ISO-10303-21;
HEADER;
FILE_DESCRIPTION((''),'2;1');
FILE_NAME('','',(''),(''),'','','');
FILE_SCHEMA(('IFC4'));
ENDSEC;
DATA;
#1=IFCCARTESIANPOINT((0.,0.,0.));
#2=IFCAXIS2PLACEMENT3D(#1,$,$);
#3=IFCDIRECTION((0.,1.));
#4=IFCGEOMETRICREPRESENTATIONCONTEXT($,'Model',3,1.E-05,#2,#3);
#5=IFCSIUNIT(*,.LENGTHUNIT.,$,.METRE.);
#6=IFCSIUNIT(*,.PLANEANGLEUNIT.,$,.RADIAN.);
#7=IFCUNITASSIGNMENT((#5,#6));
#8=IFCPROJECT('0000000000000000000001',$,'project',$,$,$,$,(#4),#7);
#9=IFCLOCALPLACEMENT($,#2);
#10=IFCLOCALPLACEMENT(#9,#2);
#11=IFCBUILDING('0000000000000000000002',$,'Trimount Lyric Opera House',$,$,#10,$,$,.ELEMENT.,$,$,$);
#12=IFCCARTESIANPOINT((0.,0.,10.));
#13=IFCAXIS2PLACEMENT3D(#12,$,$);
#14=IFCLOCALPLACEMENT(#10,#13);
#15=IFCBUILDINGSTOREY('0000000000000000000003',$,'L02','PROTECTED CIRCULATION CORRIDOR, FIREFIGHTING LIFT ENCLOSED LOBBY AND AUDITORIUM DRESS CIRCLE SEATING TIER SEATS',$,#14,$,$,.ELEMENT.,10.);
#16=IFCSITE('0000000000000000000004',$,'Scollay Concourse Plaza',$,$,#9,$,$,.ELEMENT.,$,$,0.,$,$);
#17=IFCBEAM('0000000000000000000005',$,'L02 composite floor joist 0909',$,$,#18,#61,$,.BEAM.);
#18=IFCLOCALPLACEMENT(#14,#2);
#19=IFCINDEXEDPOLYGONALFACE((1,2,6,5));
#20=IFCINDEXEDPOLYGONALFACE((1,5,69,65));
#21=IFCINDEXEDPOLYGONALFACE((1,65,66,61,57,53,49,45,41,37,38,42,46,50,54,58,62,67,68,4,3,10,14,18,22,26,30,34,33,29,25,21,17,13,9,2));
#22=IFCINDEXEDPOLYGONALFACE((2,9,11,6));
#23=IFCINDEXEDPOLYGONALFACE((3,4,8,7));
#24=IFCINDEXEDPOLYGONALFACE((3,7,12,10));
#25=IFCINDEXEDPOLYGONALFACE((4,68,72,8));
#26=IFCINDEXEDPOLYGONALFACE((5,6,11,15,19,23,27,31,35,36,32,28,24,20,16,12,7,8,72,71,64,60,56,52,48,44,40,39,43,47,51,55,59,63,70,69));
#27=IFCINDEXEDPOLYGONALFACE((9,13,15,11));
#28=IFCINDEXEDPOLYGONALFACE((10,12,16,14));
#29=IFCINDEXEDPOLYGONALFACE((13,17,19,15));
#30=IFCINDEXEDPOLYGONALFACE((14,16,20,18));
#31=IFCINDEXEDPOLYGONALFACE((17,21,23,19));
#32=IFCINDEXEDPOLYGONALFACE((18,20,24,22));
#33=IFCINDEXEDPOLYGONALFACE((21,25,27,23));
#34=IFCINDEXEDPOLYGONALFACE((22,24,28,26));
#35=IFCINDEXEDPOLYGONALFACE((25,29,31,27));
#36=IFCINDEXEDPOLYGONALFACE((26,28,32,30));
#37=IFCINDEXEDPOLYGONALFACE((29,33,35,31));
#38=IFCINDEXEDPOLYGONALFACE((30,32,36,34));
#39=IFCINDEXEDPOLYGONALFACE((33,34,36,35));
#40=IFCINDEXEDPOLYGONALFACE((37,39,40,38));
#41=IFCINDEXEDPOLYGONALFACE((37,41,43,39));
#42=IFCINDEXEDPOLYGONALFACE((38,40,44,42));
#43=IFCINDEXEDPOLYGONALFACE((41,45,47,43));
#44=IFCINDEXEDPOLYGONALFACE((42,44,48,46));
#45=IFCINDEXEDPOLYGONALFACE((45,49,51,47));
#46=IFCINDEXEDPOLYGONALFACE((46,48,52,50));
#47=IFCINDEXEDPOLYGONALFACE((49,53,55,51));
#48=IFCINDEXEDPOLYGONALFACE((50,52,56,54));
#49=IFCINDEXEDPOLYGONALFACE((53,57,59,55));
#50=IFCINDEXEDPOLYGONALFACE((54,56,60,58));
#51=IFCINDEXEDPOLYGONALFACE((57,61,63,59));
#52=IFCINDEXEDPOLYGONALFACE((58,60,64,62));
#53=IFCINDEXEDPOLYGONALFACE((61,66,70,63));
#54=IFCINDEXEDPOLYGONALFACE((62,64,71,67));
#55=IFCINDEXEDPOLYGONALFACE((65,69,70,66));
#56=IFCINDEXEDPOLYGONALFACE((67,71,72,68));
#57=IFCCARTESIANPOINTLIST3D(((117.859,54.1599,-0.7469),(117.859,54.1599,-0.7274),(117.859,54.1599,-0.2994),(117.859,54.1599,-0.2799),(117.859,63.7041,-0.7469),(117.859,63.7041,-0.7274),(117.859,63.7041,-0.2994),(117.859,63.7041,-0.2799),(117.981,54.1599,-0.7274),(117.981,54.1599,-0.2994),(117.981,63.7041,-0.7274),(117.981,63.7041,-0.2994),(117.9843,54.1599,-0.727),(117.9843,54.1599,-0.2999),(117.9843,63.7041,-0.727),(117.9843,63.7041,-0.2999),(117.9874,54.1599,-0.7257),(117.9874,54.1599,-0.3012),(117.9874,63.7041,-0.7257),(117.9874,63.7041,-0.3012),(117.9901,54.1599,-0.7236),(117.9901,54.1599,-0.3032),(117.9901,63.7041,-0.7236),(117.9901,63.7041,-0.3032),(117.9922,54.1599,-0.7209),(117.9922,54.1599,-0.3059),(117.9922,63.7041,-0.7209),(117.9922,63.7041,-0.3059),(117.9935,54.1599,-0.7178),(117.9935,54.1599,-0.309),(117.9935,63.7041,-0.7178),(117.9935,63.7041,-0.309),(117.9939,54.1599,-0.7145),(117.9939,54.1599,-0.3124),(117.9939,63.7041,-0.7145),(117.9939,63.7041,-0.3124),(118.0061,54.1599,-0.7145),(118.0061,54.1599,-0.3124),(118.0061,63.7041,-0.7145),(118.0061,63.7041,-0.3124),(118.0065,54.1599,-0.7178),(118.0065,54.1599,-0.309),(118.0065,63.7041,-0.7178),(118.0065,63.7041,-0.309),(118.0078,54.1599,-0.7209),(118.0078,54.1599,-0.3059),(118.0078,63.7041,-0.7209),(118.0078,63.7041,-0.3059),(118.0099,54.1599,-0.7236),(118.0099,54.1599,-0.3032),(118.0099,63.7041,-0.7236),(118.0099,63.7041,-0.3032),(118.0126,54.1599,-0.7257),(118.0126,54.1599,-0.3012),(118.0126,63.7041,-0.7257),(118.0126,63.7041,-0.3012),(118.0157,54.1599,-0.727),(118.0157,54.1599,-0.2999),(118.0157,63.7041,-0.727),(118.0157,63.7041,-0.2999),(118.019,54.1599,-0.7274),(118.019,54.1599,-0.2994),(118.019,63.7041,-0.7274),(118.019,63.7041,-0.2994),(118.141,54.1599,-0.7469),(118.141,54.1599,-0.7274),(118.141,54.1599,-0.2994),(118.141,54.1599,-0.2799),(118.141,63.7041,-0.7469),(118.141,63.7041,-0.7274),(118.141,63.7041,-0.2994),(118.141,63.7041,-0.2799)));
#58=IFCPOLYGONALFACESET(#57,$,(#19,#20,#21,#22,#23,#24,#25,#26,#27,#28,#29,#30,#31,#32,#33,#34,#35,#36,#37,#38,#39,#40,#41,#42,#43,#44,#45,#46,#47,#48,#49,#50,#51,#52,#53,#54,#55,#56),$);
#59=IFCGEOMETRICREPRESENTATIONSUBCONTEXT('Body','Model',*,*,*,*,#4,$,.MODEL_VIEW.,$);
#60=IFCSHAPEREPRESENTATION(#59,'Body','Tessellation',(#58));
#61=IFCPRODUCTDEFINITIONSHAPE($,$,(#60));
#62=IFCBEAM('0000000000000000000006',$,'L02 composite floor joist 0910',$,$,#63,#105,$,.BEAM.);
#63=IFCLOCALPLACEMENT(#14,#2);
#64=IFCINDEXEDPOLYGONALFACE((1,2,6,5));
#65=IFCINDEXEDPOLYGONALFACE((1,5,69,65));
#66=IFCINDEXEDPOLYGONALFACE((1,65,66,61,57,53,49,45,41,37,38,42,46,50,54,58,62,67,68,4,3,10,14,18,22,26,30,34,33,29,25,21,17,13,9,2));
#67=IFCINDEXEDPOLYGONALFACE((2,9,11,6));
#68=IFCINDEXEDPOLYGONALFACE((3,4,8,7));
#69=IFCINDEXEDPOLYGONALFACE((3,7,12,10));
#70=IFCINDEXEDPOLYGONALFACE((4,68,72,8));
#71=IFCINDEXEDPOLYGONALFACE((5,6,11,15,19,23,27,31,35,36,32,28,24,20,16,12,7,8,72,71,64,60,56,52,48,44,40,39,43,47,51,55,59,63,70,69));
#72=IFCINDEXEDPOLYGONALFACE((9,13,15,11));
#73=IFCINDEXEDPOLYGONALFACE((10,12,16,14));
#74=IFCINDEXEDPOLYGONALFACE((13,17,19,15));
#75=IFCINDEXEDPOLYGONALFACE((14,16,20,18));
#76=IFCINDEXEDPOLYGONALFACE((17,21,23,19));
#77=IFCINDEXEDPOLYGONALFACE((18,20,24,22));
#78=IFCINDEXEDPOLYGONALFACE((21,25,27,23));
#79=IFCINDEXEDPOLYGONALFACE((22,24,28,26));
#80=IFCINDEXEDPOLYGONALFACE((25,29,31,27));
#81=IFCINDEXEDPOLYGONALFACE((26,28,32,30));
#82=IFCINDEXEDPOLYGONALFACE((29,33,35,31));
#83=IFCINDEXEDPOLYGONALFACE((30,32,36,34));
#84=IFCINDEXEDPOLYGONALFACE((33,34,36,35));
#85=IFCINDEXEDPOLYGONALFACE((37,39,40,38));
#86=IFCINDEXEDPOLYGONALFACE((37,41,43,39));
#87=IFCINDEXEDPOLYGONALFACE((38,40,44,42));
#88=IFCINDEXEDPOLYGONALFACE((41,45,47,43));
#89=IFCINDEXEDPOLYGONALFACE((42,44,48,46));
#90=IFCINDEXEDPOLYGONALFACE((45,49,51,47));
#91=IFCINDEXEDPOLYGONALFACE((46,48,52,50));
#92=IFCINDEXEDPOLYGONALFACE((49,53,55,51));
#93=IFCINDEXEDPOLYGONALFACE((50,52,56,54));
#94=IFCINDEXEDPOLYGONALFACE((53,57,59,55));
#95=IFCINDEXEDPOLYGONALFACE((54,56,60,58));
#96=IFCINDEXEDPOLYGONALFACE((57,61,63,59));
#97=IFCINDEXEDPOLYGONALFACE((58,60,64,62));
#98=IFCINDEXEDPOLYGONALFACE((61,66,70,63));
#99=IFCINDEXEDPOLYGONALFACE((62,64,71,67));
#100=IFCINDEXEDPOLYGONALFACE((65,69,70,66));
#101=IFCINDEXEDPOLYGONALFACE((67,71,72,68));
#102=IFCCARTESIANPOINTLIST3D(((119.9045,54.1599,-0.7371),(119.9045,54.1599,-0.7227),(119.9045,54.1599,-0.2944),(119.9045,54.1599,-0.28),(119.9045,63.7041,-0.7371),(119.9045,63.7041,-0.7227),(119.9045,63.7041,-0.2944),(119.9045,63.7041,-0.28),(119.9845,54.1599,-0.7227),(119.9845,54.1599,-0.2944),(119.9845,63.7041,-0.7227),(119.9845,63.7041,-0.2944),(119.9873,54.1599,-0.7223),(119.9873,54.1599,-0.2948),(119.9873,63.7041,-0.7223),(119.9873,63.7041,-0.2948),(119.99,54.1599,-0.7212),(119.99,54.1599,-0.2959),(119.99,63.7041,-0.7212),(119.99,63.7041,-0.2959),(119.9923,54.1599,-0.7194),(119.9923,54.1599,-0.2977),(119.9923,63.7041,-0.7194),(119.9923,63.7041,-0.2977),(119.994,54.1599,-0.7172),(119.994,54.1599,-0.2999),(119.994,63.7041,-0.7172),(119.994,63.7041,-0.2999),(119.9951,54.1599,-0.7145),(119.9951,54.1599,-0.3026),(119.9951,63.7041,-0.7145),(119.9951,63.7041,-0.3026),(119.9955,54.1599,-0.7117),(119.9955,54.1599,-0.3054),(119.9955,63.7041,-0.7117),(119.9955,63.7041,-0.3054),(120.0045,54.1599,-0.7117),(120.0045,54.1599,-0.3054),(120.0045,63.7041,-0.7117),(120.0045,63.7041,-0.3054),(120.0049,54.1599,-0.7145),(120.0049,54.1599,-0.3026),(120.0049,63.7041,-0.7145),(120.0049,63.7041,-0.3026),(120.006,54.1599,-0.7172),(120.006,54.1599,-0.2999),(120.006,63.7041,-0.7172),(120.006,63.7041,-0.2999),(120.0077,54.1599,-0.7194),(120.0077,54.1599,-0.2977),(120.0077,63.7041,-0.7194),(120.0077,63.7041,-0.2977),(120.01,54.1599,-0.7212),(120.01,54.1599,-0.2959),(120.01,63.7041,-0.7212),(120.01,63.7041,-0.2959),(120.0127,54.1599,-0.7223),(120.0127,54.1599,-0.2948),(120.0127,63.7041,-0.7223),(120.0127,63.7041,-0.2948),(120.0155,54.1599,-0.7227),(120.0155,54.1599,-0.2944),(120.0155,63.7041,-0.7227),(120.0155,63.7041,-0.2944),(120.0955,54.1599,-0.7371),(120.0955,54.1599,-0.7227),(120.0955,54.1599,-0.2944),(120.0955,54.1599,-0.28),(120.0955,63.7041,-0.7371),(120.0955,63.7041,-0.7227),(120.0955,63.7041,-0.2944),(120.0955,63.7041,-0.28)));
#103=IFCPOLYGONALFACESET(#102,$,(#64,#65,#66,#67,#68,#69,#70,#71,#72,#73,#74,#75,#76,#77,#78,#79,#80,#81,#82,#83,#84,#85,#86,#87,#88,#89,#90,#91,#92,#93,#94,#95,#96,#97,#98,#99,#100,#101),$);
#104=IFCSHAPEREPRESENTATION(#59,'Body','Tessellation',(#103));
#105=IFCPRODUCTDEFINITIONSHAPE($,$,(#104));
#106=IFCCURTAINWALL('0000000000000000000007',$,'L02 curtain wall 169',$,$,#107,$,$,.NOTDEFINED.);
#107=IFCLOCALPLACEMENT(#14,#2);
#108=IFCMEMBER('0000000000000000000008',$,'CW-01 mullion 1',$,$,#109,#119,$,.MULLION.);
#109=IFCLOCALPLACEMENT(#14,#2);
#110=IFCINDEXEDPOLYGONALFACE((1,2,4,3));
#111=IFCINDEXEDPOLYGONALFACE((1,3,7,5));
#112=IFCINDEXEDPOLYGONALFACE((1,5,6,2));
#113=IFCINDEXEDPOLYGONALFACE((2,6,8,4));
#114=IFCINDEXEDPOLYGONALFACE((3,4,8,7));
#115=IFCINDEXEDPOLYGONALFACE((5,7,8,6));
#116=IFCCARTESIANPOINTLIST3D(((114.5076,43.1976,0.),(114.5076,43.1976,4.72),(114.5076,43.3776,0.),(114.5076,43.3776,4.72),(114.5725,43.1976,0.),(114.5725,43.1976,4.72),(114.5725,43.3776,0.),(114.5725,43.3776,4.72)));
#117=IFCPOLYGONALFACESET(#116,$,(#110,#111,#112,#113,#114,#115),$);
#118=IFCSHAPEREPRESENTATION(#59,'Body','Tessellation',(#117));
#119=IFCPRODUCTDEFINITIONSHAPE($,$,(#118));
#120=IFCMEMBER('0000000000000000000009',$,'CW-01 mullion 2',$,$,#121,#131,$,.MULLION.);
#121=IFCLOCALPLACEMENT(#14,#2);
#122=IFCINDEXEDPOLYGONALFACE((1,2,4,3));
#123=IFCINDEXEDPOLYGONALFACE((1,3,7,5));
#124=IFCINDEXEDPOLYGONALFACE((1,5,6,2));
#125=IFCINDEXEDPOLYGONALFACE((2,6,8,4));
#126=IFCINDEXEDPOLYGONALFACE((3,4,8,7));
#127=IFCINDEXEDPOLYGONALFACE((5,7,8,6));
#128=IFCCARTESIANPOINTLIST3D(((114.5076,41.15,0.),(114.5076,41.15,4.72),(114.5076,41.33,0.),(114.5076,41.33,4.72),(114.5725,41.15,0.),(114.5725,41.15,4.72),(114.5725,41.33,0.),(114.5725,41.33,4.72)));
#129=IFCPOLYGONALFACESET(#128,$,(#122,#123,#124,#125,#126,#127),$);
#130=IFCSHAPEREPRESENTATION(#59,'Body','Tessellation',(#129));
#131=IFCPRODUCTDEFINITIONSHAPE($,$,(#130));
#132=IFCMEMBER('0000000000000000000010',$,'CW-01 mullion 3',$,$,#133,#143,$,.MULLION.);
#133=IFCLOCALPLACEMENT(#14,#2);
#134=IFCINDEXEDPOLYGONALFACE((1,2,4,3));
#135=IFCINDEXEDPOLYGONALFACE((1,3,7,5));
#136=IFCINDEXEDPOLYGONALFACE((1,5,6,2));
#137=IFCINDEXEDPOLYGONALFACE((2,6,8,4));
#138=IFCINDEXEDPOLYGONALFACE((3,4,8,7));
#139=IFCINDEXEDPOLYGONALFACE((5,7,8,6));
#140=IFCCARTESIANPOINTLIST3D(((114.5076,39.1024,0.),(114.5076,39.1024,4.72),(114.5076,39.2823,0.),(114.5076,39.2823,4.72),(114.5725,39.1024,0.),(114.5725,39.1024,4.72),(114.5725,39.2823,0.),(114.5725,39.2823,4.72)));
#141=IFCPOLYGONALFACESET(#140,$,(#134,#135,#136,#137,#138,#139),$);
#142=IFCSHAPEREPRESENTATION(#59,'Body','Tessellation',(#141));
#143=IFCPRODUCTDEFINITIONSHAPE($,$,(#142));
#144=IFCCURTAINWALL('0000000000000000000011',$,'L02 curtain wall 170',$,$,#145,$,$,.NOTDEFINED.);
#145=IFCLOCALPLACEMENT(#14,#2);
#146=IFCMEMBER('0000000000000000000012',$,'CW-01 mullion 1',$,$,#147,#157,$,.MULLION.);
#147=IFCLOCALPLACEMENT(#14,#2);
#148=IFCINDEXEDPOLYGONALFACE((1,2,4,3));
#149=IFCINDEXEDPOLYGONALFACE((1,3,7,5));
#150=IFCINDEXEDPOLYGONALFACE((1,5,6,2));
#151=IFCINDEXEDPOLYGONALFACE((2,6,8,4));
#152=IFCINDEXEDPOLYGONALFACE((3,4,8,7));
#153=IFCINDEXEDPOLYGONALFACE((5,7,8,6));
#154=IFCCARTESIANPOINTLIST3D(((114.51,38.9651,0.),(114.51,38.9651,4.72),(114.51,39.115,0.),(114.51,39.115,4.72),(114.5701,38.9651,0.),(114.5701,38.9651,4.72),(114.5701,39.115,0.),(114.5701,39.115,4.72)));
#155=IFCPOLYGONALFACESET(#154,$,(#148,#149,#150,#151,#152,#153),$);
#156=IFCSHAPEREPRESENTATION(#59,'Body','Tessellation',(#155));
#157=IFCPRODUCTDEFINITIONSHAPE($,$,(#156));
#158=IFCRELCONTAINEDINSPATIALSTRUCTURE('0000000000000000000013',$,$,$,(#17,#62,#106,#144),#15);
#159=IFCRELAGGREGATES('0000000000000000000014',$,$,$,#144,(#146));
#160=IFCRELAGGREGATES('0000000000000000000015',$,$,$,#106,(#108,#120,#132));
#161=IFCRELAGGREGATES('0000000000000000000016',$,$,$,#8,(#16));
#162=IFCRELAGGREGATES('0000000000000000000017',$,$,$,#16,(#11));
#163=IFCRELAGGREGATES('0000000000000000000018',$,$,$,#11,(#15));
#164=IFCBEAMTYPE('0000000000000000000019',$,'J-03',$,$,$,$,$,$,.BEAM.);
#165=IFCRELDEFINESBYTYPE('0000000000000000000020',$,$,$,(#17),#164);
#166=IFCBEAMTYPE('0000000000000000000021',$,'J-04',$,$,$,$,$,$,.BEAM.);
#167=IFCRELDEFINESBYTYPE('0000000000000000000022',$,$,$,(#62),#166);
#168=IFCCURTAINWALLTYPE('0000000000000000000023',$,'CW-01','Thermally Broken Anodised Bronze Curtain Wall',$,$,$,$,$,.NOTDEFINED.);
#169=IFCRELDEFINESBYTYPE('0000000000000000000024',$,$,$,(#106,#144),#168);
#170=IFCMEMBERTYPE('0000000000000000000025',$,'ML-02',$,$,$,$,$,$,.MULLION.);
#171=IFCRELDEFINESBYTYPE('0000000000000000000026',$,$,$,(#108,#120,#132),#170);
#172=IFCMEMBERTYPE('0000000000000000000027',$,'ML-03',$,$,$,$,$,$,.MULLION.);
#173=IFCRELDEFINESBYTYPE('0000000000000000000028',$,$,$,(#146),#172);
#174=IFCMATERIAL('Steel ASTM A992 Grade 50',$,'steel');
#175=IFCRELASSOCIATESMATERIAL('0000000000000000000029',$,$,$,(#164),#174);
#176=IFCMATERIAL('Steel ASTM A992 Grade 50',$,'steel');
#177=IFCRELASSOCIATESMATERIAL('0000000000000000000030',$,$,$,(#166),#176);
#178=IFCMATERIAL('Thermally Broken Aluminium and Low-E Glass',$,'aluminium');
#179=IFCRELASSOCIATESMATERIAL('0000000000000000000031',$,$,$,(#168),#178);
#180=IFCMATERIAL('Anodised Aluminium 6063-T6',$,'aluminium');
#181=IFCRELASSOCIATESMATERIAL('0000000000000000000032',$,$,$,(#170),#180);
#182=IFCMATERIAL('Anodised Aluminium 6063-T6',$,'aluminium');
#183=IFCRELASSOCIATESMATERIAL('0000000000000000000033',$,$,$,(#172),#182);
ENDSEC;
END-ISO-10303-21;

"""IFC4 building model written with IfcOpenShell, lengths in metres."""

from ifc_helpers import new_model, si_unit, direction, frame, origin, origin_2d, place, context, subcontext, project, spatial, rectangle, i_section, extrude, material, material_profile, profile_set, type_object, element, aggregate, save


model = new_model("IFC4")

# Units and contexts
model_context = context("Model", 3, precision=1e-05, world=origin(), true_north=direction((0.0, 1.0)))
body_context = subcontext(model_context, "Body", "Model", "MODEL_VIEW")
ifc_project = project(units=[si_unit("LENGTHUNIT", "METRE"), si_unit("PLANEANGLEUNIT", "RADIAN")], contexts=[model_context])

# Site, building, storey
site_placement = place(None, origin())
site = spatial("IfcSite", under=ifc_project, at=site_placement, Name="Scollay Concourse Plaza", CompositionType="ELEMENT", RefElevation=0.0)
building_placement = place(site_placement, origin())
building = spatial("IfcBuilding", under=site, at=building_placement, Name="Trimount Lyric Opera House", CompositionType="ELEMENT")
storey_placement = place(building_placement, frame((0.0, 0.0, 10.0)))
storey = spatial("IfcBuildingStorey", under=building, at=storey_placement, Name="L02", Description="PROTECTED CIRCULATION CORRIDOR, FIREFIGHTING LIFT ENCLOSED LOBBY AND AUDITORIUM DRESS CIRCLE SEATING TIER SEATS", CompositionType="ELEMENT", Elevation=10.0)

# Beams
ifc_material_1 = material(Name="Steel ASTM A992 Grade 50", Category="steel")
ifc_material_profile_1 = material_profile(ifc_material_1, i_section(OverallWidth=0.282, OverallDepth=0.467, WebThickness=0.0122, FlangeThickness=0.0195, FilletRadius=0.0129, at=origin_2d()), Name="W18X86")
ifc_profile_set_1 = profile_set([ifc_material_profile_1], Name="Steel ASTM A992 Grade 50")
beam_type_1 = type_object("IfcBeamType", Name="J-03", PredefinedType="BEAM", material=ifc_profile_set_1)
beam_1_placement = place(storey_placement, frame((118.0, 54.1599, -0.5134), z_axis=(0.0, 1.0, 0.0), x_axis=(-1.0, 0.0, 0.0)))
element("IfcBeam", 1, at=beam_1_placement, inside=storey, type_object=beam_type_1, Name="L02 composite floor joist 0909", PredefinedType="BEAM", context=body_context, shape_type="SweptSolid", body=[
    extrude(i_section(OverallWidth=0.282, OverallDepth=0.467, WebThickness=0.0122, FlangeThickness=0.0195, FilletRadius=0.0129, at=origin_2d()), origin(), (0.0, 0.0, 1.0), 9.5442),
])
ifc_material_2 = material(Name="Steel ASTM A992 Grade 50", Category="steel")
ifc_material_profile_2 = material_profile(ifc_material_2, i_section(OverallWidth=0.1909, OverallDepth=0.457, WebThickness=0.009, FlangeThickness=0.0144, FilletRadius=0.011, at=origin_2d()), Name="W18X50")
ifc_profile_set_2 = profile_set([ifc_material_profile_2], Name="Steel ASTM A992 Grade 50")
beam_type_2 = type_object("IfcBeamType", Name="J-04", PredefinedType="BEAM", material=ifc_profile_set_2)
beam_2_placement = place(storey_placement, frame((120.0, 54.1599, -0.5085), z_axis=(0.0, 1.0, 0.0), x_axis=(-1.0, 0.0, 0.0)))
element("IfcBeam", 2, at=beam_2_placement, inside=storey, type_object=beam_type_2, Name="L02 composite floor joist 0910", PredefinedType="BEAM", context=body_context, shape_type="SweptSolid", body=[
    extrude(i_section(OverallWidth=0.1909, OverallDepth=0.457, WebThickness=0.009, FlangeThickness=0.0144, FilletRadius=0.011, at=origin_2d()), origin(), (0.0, 0.0, 1.0), 9.5442),
])

# Curtain wall, members
ifc_material_3 = material(Name="Thermally Broken Aluminium and Low-E Glass", Category="aluminium")
curtain_wall_type = type_object("IfcCurtainWallType", Name="CW-01", Description="Thermally Broken Anodised Bronze Curtain Wall", PredefinedType="NOTDEFINED", material=ifc_material_3)
curtain_wall_1_placement = place(storey_placement, origin())
curtain_wall_1 = element("IfcCurtainWall", 3, at=curtain_wall_1_placement, inside=storey, type_object=curtain_wall_type, Name="L02 curtain wall 169", PredefinedType="NOTDEFINED")
ifc_material_4 = material(Name="Anodised Aluminium 6063-T6", Category="aluminium")
ifc_material_profile_3 = material_profile(ifc_material_4, rectangle(XDim=0.0649, YDim=0.1799, at=origin_2d()), Name="ALU-MULL-65X180")
ifc_profile_set_3 = profile_set([ifc_material_profile_3], Name="Anodised Aluminium 6063-T6")
member_type_1 = type_object("IfcMemberType", Name="ML-02", PredefinedType="MULLION", material=ifc_profile_set_3)
member_1_placement = place(storey_placement, frame((114.54, 43.2876, 0.0), z_axis=(0.0, 0.0, 1.0), x_axis=(1.0, 0.0, 0.0)))
member_1 = element("IfcMember", 4, at=member_1_placement, type_object=member_type_1, Name="CW-01 mullion 1", PredefinedType="MULLION", context=body_context, shape_type="SweptSolid", body=[
    extrude(rectangle(XDim=0.0649, YDim=0.1799, at=origin_2d()), origin(), (0.0, 0.0, 1.0), 4.72),
])
member_2_placement = place(storey_placement, frame((114.54, 41.24, 0.0), z_axis=(0.0, 0.0, 1.0), x_axis=(1.0, 0.0, 0.0)))
member_2 = element("IfcMember", 5, at=member_2_placement, type_object=member_type_1, Name="CW-01 mullion 2", PredefinedType="MULLION", context=body_context, shape_type="SweptSolid", body=[
    extrude(rectangle(XDim=0.0649, YDim=0.1799, at=origin_2d()), origin(), (0.0, 0.0, 1.0), 4.72),
])
member_3_placement = place(storey_placement, frame((114.54, 39.1924, 0.0), z_axis=(0.0, 0.0, 1.0), x_axis=(1.0, 0.0, 0.0)))
member_3 = element("IfcMember", 6, at=member_3_placement, type_object=member_type_1, Name="CW-01 mullion 3", PredefinedType="MULLION", context=body_context, shape_type="SweptSolid", body=[
    extrude(rectangle(XDim=0.0649, YDim=0.1799, at=origin_2d()), origin(), (0.0, 0.0, 1.0), 4.72),
])

# Curtain wall, member
curtain_wall_2_placement = place(storey_placement, origin())
curtain_wall_2 = element("IfcCurtainWall", 7, at=curtain_wall_2_placement, inside=storey, type_object=curtain_wall_type, Name="L02 curtain wall 170", PredefinedType="NOTDEFINED")
ifc_material_5 = material(Name="Anodised Aluminium 6063-T6", Category="aluminium")
ifc_material_profile_4 = material_profile(ifc_material_5, rectangle(XDim=0.0601, YDim=0.1499, at=origin_2d()), Name="ALU-MULL-60X150")
ifc_profile_set_4 = profile_set([ifc_material_profile_4], Name="Anodised Aluminium 6063-T6")
member_type_2 = type_object("IfcMemberType", Name="ML-03", PredefinedType="MULLION", material=ifc_profile_set_4)
member_4_placement = place(storey_placement, frame((114.54, 39.04, 0.0), z_axis=(0.0, 0.0, 1.0), x_axis=(1.0, 0.0, 0.0)))
member_4 = element("IfcMember", 8, at=member_4_placement, type_object=member_type_2, Name="CW-01 mullion 1", PredefinedType="MULLION", context=body_context, shape_type="SweptSolid", body=[
    extrude(rectangle(XDim=0.0601, YDim=0.1499, at=origin_2d()), origin(), (0.0, 0.0, 1.0), 4.72),
])
aggregate(curtain_wall_2, [member_4])

aggregate(curtain_wall_1, [member_1, member_2, member_3])

save(model, "model.ifc")
